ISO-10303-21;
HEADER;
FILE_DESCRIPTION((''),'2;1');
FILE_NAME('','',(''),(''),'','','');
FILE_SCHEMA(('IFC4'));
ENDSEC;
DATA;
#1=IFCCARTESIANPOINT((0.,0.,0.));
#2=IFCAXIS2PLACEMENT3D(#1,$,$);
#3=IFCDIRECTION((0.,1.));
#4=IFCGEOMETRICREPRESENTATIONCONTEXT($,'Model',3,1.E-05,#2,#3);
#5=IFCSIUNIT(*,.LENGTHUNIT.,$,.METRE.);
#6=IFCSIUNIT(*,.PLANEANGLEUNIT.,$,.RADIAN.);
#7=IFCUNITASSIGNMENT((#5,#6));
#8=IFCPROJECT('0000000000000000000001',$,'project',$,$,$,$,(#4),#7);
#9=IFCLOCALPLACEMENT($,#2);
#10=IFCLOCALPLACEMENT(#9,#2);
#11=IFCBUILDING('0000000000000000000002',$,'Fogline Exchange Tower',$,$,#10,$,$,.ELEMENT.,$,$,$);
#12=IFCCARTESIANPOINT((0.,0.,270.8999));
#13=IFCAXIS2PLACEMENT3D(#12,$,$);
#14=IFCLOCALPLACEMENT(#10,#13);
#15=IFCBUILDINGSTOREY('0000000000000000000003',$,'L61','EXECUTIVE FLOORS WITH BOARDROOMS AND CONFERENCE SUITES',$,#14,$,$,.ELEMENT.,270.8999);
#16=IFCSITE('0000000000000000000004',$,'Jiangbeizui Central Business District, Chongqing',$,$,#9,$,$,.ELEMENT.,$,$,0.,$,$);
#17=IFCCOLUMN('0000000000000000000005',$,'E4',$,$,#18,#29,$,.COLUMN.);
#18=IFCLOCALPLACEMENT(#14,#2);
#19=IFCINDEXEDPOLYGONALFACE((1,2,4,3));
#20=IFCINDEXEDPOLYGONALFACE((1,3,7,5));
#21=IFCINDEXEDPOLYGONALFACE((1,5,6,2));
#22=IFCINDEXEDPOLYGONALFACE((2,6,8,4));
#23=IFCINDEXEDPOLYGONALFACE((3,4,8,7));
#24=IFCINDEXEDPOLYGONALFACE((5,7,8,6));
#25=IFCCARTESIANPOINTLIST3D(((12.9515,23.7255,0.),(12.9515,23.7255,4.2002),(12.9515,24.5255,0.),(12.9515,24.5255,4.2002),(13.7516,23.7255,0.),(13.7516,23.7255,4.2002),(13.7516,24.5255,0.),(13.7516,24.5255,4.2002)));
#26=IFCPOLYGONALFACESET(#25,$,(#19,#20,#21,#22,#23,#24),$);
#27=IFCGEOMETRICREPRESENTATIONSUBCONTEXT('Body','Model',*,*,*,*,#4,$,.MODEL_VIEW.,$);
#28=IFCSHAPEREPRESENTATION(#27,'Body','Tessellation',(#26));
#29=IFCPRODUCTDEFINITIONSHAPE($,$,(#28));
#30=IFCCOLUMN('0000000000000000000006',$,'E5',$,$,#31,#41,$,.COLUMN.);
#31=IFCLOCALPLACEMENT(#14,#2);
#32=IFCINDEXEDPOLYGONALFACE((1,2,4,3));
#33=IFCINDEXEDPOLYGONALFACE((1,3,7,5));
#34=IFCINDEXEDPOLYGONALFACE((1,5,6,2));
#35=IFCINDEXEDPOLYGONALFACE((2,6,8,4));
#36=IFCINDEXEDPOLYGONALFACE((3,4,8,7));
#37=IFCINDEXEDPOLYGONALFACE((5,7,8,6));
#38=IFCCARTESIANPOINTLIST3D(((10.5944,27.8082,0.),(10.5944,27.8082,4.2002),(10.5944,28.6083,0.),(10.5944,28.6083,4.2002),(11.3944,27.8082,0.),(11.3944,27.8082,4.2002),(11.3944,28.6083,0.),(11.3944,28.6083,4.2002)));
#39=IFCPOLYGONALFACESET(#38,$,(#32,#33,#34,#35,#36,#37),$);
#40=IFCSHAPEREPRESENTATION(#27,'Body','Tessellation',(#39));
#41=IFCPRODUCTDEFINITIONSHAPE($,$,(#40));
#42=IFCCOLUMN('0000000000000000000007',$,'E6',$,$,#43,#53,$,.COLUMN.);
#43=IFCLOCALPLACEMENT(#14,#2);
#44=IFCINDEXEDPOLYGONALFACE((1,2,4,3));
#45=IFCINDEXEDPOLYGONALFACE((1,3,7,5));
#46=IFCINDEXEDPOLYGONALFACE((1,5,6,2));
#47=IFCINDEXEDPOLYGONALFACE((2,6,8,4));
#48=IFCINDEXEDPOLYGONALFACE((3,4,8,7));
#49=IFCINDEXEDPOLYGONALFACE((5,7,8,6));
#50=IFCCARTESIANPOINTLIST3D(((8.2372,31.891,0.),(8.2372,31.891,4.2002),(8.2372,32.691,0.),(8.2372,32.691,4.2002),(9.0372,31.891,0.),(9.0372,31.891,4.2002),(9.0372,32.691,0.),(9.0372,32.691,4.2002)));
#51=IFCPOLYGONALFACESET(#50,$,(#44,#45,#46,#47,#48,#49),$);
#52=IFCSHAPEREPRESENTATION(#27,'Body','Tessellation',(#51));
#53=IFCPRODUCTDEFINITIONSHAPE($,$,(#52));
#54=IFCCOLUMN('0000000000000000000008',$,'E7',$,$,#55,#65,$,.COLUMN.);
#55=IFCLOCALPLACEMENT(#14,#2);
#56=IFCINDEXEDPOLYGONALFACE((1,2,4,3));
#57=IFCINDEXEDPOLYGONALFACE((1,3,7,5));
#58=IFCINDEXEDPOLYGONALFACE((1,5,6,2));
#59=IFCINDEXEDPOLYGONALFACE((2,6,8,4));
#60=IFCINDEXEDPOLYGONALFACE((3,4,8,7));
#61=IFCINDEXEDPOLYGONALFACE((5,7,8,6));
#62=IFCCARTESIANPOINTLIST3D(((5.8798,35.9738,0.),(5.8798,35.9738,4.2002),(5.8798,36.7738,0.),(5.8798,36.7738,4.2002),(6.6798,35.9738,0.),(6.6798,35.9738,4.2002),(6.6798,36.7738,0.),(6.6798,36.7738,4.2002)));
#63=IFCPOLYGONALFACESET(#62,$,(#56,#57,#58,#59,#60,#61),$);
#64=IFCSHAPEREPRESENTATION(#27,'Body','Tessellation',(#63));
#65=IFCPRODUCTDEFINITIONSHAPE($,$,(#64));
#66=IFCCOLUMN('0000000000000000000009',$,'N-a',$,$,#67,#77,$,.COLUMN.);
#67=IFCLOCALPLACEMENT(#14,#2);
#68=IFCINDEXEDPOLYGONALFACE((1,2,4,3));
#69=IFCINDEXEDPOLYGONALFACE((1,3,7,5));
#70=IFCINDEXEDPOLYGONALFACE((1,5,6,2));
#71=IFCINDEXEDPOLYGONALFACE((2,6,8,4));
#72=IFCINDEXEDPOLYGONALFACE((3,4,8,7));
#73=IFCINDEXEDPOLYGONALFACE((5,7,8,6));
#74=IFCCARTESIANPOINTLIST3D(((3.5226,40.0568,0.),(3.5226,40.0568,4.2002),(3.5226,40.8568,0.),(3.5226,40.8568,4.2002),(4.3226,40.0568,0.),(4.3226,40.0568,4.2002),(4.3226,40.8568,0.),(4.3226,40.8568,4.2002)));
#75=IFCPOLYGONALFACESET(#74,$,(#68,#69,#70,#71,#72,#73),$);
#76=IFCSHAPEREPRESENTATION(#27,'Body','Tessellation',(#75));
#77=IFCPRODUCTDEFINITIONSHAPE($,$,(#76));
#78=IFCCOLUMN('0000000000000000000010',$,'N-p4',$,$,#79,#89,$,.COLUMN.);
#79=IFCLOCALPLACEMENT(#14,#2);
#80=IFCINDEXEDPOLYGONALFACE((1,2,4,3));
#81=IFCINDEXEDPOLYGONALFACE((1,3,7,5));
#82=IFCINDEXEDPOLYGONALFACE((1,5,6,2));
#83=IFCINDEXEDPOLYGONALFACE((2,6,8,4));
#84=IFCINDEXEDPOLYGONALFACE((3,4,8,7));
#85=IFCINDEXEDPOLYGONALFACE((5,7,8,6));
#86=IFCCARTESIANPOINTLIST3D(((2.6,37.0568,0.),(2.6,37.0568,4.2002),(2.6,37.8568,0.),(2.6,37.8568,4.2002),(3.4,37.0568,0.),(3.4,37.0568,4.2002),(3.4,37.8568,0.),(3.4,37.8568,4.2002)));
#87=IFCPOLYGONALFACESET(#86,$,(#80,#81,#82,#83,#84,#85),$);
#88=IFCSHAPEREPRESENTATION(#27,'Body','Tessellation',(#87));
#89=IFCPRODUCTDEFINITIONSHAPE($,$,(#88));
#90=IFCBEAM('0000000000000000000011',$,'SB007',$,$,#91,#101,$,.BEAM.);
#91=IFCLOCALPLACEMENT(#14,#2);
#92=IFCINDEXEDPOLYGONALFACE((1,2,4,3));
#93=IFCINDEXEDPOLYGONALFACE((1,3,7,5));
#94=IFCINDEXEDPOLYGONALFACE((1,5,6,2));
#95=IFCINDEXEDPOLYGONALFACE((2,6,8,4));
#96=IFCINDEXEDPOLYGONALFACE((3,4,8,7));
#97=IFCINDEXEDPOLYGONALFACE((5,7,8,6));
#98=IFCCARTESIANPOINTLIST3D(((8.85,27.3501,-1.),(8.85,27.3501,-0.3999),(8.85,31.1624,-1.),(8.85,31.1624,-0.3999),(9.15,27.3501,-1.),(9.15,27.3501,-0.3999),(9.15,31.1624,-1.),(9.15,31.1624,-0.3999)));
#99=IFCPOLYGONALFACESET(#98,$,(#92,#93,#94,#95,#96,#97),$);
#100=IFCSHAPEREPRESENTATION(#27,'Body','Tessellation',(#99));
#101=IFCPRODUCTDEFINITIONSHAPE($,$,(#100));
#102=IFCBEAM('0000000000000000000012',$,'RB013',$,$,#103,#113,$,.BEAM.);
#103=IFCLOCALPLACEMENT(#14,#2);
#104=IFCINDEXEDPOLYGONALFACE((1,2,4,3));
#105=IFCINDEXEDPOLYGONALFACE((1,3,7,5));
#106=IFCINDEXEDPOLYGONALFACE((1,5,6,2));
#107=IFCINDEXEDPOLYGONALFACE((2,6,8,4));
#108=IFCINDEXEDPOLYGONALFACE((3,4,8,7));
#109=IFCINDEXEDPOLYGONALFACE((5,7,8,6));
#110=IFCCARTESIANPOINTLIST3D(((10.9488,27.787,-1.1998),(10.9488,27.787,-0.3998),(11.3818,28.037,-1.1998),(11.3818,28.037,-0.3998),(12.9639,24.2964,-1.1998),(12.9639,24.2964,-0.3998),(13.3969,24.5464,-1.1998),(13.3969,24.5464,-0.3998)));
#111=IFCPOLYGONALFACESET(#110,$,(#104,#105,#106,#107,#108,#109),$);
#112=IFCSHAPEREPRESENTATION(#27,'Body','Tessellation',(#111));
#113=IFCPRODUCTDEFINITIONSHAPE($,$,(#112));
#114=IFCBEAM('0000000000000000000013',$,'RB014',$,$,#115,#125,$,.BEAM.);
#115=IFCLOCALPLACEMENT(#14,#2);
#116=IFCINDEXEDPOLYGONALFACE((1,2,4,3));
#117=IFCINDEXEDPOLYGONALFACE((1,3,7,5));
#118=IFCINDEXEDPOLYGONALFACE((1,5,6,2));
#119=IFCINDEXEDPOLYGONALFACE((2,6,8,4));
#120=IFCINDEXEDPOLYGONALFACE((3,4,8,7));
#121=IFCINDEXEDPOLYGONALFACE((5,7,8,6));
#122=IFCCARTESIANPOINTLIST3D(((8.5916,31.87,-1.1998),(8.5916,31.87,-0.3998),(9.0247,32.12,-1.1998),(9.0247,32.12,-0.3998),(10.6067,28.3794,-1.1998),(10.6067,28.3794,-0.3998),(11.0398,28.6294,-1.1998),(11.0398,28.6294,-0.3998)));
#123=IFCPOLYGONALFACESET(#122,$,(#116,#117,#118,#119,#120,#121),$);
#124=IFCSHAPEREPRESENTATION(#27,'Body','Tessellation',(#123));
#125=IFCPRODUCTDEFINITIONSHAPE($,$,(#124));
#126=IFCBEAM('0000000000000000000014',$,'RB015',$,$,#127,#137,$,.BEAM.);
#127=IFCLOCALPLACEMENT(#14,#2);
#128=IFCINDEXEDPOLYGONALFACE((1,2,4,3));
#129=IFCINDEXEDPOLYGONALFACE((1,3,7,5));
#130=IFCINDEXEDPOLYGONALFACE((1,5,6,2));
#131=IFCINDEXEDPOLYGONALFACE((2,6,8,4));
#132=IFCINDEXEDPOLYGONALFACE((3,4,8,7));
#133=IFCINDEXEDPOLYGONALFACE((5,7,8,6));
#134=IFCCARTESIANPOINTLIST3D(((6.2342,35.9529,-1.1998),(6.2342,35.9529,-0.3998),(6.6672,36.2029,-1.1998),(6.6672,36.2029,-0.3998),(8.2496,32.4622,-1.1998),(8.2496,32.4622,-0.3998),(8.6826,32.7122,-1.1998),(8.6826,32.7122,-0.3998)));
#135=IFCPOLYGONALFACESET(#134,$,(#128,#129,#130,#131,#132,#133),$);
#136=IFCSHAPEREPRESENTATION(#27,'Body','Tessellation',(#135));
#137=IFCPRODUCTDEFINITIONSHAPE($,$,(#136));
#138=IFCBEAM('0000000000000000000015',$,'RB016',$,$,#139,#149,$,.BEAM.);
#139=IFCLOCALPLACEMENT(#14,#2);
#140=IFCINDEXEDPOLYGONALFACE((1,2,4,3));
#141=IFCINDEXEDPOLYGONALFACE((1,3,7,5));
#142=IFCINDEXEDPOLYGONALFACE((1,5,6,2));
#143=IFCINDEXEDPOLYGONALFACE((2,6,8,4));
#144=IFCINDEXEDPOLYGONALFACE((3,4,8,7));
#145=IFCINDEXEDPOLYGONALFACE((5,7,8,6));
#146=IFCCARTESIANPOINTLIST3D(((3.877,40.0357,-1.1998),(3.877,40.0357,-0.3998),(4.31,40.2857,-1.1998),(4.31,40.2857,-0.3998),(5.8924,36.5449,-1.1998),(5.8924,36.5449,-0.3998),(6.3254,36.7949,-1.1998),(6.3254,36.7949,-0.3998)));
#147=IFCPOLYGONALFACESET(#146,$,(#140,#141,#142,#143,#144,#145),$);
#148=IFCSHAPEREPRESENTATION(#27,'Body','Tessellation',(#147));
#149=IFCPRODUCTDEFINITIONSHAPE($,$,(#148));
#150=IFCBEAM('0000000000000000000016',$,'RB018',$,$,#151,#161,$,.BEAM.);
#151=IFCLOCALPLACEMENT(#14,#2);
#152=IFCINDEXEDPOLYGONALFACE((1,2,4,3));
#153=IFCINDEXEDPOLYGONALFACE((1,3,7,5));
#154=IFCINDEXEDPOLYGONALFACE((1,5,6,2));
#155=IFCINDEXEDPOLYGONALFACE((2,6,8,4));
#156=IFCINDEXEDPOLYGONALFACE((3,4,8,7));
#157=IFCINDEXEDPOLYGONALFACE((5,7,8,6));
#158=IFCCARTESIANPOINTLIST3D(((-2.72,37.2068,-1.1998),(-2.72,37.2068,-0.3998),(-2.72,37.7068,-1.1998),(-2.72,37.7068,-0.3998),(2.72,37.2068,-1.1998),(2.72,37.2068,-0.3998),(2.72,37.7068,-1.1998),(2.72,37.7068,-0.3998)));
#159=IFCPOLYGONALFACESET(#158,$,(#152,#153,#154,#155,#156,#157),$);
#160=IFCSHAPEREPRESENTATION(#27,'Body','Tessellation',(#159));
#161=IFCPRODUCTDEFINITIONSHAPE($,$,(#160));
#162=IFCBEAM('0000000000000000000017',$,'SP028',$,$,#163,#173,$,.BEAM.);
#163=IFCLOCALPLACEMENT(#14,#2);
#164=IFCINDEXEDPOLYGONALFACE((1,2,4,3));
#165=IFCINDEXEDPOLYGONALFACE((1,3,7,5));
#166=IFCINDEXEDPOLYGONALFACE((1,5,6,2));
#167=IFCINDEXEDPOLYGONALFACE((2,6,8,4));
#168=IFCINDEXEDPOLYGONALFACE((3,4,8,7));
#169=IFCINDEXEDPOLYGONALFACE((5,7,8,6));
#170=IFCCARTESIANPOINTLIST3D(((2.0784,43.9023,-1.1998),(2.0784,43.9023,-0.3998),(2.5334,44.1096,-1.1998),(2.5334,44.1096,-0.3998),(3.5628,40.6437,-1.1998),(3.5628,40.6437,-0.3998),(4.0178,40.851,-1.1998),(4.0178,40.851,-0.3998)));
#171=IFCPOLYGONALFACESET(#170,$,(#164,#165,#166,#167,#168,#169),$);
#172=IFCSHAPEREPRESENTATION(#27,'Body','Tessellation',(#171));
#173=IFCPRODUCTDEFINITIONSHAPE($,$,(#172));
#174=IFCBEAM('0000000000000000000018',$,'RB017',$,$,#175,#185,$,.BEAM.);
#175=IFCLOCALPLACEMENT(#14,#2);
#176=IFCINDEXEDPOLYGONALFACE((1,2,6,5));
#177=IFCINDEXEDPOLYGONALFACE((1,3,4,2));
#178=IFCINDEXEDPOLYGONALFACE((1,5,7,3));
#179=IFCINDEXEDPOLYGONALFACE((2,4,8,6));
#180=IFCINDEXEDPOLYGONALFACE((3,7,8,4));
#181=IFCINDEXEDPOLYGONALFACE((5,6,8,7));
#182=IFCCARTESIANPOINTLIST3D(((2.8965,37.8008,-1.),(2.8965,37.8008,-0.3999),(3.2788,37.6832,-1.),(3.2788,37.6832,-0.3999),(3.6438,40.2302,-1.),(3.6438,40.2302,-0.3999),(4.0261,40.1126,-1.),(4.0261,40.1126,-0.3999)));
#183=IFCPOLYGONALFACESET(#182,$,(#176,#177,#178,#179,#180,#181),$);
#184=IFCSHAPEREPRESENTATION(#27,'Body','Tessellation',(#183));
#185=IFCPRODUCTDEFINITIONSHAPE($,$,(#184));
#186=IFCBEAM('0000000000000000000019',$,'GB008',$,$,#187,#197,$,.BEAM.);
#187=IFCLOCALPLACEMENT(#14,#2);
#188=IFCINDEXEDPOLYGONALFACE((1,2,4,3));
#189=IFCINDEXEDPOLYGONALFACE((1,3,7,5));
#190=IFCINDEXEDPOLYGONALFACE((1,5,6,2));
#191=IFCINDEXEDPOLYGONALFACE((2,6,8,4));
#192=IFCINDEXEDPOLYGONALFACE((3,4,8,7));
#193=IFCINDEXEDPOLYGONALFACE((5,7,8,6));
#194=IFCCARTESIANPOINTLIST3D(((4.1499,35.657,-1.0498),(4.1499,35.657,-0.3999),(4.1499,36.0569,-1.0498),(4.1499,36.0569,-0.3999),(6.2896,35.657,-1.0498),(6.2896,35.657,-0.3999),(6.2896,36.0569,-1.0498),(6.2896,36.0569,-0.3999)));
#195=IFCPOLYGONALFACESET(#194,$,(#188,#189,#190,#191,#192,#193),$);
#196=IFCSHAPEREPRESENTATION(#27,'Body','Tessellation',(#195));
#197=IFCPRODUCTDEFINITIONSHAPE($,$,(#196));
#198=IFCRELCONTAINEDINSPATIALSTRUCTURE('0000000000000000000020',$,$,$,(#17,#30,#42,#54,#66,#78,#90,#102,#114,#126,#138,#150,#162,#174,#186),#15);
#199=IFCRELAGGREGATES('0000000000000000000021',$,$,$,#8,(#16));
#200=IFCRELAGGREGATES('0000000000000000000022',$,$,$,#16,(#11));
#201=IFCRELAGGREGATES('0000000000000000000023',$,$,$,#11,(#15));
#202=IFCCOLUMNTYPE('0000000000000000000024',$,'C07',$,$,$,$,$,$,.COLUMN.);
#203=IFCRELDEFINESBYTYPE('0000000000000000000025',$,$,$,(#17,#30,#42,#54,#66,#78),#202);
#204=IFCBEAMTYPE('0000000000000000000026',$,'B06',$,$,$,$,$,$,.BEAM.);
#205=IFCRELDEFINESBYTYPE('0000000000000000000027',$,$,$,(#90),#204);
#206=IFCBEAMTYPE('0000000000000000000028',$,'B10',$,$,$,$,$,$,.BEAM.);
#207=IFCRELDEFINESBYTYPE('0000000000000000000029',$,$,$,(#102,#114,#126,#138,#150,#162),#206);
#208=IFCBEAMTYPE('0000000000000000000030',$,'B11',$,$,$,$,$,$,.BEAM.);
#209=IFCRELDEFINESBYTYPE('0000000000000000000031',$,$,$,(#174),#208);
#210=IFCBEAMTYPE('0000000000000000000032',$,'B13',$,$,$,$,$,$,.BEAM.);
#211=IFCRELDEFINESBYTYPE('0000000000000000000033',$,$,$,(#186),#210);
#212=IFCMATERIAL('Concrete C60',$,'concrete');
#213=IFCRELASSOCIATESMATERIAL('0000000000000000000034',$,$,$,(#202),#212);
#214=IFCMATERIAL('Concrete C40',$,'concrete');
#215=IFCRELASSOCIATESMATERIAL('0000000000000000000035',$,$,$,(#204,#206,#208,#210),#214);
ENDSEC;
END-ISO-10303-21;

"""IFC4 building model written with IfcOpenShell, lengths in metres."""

from ifc_helpers import new_model, si_unit, direction, frame, origin, origin_2d, place, context, subcontext, project, spatial, rectangle, extrude, material, material_profile, profile_set, type_object, element, save


model = new_model("IFC4")

# Units and contexts
model_context = context("Model", 3, precision=1e-05, world=origin(), true_north=direction((0.0, 1.0)))
body_context = subcontext(model_context, "Body", "Model", "MODEL_VIEW")
ifc_project = project(units=[si_unit("LENGTHUNIT", "METRE"), si_unit("PLANEANGLEUNIT", "RADIAN")], contexts=[model_context])

# Site, building, storey
site_placement = place(None, origin())
site = spatial("IfcSite", under=ifc_project, at=site_placement, Name="Jiangbeizui Central Business District, Chongqing", CompositionType="ELEMENT", RefElevation=0.0)
building_placement = place(site_placement, origin())
building = spatial("IfcBuilding", under=site, at=building_placement, Name="Fogline Exchange Tower", CompositionType="ELEMENT")
storey_placement = place(building_placement, frame((0.0, 0.0, 270.8999)))
storey = spatial("IfcBuildingStorey", under=building, at=storey_placement, Name="L61", Description="EXECUTIVE FLOORS WITH BOARDROOMS AND CONFERENCE SUITES", CompositionType="ELEMENT", Elevation=270.8999)

# Columns
ifc_material_1 = material(Name="Concrete C60", Category="concrete")
ifc_material_profile_1 = material_profile(ifc_material_1, rectangle(XDim=0.8, YDim=0.8, at=origin_2d()), Name="RC 800x800")
ifc_profile_set_1 = profile_set([ifc_material_profile_1], Name="Concrete C60")
column_type = type_object("IfcColumnType", Name="C07", PredefinedType="COLUMN", material=ifc_profile_set_1)
for number, where, z_axis, x_axis, name in (
    (1, (13.3516, 24.1255, 0.0), (0.0, 0.0, 1.0), (1.0, 0.0, 0.0), "E4"),
    (2, (10.9944, 28.2083, 0.0), (0.0, 0.0, 1.0), (1.0, 0.0, 0.0), "E5"),
    (3, (8.6372, 32.291, 0.0), (0.0, 0.0, 1.0), (1.0, 0.0, 0.0), "E6"),
    (4, (6.2798, 36.3738, 0.0), (0.0, 0.0, 1.0), (1.0, 0.0, 0.0), "E7"),
    (5, (3.9226, 40.4568, 0.0), (0.0, 0.0, 1.0), (1.0, 0.0, 0.0), "N-a"),
    (6, (3.0, 37.4568, 0.0), (0.0, 0.0, 1.0), (1.0, 0.0, 0.0), "N-p4"),
):
    element("IfcColumn", number, at=place(storey_placement, frame(where, z_axis=z_axis, x_axis=x_axis)), inside=storey, type_object=column_type, Name=name, PredefinedType="COLUMN", context=body_context, shape_type="SweptSolid", body=[
        extrude(rectangle(XDim=0.8, YDim=0.8, at=origin_2d()), origin(), (0.0, 0.0, 1.0), 4.2002),
    ])

# Beams
ifc_material_2 = material(Name="Concrete C40", Category="concrete")
ifc_material_profile_2 = material_profile(ifc_material_2, rectangle(XDim=0.3, YDim=0.6001, at=origin_2d()), Name="RC 300x600")
ifc_profile_set_2 = profile_set([ifc_material_profile_2], Name="Concrete C40")
beam_type_1 = type_object("IfcBeamType", Name="B06", PredefinedType="BEAM", material=ifc_profile_set_2)
beam_1_placement = place(storey_placement, frame((9.0, 27.3501, -0.7), z_axis=(0.0, 1.0, 0.0), x_axis=(-1.0, 0.0, 0.0)))
element("IfcBeam", 7, at=beam_1_placement, inside=storey, type_object=beam_type_1, Name="SB007", PredefinedType="BEAM", context=body_context, shape_type="SweptSolid", body=[
    extrude(rectangle(XDim=0.3, YDim=0.6001, at=origin_2d()), origin(), (0.0, 0.0, 1.0), 3.8123),
])
ifc_material_profile_3 = material_profile(ifc_material_2, rectangle(XDim=0.5, YDim=0.8, at=origin_2d()), Name="RC 500x800")
ifc_profile_set_3 = profile_set([ifc_material_profile_3], Name="Concrete C40")
beam_type_2 = type_object("IfcBeamType", Name="B10", PredefinedType="BEAM", material=ifc_profile_set_3)
for number, where, z_axis, x_axis, name in (
    (8, (13.1804, 24.4214, -0.7998), (-0.499957, 0.86605, 0.0), (-0.86605, -0.499957, 0.0), "RB013"),
    (9, (10.8232, 28.5044, -0.7998), (-0.499957, 0.86605, 0.0), (-0.86605, -0.499957, 0.0), "RB014"),
):
    element("IfcBeam", number, at=place(storey_placement, frame(where, z_axis=z_axis, x_axis=x_axis)), inside=storey, type_object=beam_type_2, Name=name, PredefinedType="BEAM", context=body_context, shape_type="SweptSolid", body=[
        extrude(rectangle(XDim=0.5, YDim=0.8, at=origin_2d()), origin(), (0.0, 0.0, 1.0), 4.0305),
    ])
for number, where, z_axis, x_axis, name in (
    (10, (8.4661, 32.5872, -0.7998), (-0.500002, 0.866024, 0.0), (-0.866024, -0.500002, 0.0), "RB015"),
    (11, (6.1089, 36.6699, -0.7998), (-0.500002, 0.866024, 0.0), (-0.866024, -0.500002, 0.0), "RB016"),
):
    element("IfcBeam", number, at=place(storey_placement, frame(where, z_axis=z_axis, x_axis=x_axis)), inside=storey, type_object=beam_type_2, Name=name, PredefinedType="BEAM", context=body_context, shape_type="SweptSolid", body=[
        extrude(rectangle(XDim=0.5, YDim=0.8, at=origin_2d()), origin(), (0.0, 0.0, 1.0), 4.0308),
    ])
beam_2_placement = place(storey_placement, frame((2.72, 37.4568, -0.7998), z_axis=(-1.0, 0.0, 0.0), x_axis=(0.0, -1.0, 0.0)))
element("IfcBeam", 12, at=beam_2_placement, inside=storey, type_object=beam_type_2, Name="RB018", PredefinedType="BEAM", context=body_context, shape_type="SweptSolid", body=[
    extrude(rectangle(XDim=0.5, YDim=0.8, at=origin_2d()), origin(), (0.0, 0.0, 1.0), 5.4399),
])
beam_3_placement = place(storey_placement, frame((3.7903, 40.7473, -0.7998), z_axis=(-0.414548, 0.910028, 0.0), x_axis=(-0.910028, -0.414548, 0.0)))
element("IfcBeam", 13, at=beam_3_placement, inside=storey, type_object=beam_type_2, Name="SP028", PredefinedType="BEAM", context=body_context, shape_type="SweptSolid", body=[
    extrude(rectangle(XDim=0.5, YDim=0.8, at=origin_2d()), origin(), (0.0, 0.0, 1.0), 3.5808),
])
ifc_material_profile_4 = material_profile(ifc_material_2, rectangle(XDim=0.3999, YDim=0.6001, at=origin_2d()), Name="RC 400x600")
ifc_profile_set_4 = profile_set([ifc_material_profile_4], Name="Concrete C40")
beam_type_3 = type_object("IfcBeamType", Name="B11", PredefinedType="BEAM", material=ifc_profile_set_4)
beam_4_placement = place(storey_placement, frame((3.835, 40.1714, -0.7), z_axis=(-0.294012, -0.955802, 0.0), x_axis=(0.955802, -0.294012, 0.0)))
element("IfcBeam", 14, at=beam_4_placement, inside=storey, type_object=beam_type_3, Name="RB017", PredefinedType="BEAM", context=body_context, shape_type="SweptSolid", body=[
    extrude(rectangle(XDim=0.3999, YDim=0.6001, at=origin_2d()), origin(), (0.0, 0.0, 1.0), 2.5417),
])
ifc_material_profile_5 = material_profile(ifc_material_2, rectangle(XDim=0.3999, YDim=0.6499, at=origin_2d()), Name="RC 400x650")
ifc_profile_set_5 = profile_set([ifc_material_profile_5], Name="Concrete C40")
beam_type_4 = type_object("IfcBeamType", Name="B13", PredefinedType="BEAM", material=ifc_profile_set_5)
beam_5_placement = place(storey_placement, frame((4.1499, 35.8569, -0.7249), z_axis=(1.0, 0.0, 0.0), x_axis=(0.0, 1.0, 0.0)))
element("IfcBeam", 15, at=beam_5_placement, inside=storey, type_object=beam_type_4, Name="GB008", PredefinedType="BEAM", context=body_context, shape_type="SweptSolid", body=[
    extrude(rectangle(XDim=0.3999, YDim=0.6499, at=origin_2d()), origin(), (0.0, 0.0, 1.0), 2.1396),
])

save(model, "model.ifc")
